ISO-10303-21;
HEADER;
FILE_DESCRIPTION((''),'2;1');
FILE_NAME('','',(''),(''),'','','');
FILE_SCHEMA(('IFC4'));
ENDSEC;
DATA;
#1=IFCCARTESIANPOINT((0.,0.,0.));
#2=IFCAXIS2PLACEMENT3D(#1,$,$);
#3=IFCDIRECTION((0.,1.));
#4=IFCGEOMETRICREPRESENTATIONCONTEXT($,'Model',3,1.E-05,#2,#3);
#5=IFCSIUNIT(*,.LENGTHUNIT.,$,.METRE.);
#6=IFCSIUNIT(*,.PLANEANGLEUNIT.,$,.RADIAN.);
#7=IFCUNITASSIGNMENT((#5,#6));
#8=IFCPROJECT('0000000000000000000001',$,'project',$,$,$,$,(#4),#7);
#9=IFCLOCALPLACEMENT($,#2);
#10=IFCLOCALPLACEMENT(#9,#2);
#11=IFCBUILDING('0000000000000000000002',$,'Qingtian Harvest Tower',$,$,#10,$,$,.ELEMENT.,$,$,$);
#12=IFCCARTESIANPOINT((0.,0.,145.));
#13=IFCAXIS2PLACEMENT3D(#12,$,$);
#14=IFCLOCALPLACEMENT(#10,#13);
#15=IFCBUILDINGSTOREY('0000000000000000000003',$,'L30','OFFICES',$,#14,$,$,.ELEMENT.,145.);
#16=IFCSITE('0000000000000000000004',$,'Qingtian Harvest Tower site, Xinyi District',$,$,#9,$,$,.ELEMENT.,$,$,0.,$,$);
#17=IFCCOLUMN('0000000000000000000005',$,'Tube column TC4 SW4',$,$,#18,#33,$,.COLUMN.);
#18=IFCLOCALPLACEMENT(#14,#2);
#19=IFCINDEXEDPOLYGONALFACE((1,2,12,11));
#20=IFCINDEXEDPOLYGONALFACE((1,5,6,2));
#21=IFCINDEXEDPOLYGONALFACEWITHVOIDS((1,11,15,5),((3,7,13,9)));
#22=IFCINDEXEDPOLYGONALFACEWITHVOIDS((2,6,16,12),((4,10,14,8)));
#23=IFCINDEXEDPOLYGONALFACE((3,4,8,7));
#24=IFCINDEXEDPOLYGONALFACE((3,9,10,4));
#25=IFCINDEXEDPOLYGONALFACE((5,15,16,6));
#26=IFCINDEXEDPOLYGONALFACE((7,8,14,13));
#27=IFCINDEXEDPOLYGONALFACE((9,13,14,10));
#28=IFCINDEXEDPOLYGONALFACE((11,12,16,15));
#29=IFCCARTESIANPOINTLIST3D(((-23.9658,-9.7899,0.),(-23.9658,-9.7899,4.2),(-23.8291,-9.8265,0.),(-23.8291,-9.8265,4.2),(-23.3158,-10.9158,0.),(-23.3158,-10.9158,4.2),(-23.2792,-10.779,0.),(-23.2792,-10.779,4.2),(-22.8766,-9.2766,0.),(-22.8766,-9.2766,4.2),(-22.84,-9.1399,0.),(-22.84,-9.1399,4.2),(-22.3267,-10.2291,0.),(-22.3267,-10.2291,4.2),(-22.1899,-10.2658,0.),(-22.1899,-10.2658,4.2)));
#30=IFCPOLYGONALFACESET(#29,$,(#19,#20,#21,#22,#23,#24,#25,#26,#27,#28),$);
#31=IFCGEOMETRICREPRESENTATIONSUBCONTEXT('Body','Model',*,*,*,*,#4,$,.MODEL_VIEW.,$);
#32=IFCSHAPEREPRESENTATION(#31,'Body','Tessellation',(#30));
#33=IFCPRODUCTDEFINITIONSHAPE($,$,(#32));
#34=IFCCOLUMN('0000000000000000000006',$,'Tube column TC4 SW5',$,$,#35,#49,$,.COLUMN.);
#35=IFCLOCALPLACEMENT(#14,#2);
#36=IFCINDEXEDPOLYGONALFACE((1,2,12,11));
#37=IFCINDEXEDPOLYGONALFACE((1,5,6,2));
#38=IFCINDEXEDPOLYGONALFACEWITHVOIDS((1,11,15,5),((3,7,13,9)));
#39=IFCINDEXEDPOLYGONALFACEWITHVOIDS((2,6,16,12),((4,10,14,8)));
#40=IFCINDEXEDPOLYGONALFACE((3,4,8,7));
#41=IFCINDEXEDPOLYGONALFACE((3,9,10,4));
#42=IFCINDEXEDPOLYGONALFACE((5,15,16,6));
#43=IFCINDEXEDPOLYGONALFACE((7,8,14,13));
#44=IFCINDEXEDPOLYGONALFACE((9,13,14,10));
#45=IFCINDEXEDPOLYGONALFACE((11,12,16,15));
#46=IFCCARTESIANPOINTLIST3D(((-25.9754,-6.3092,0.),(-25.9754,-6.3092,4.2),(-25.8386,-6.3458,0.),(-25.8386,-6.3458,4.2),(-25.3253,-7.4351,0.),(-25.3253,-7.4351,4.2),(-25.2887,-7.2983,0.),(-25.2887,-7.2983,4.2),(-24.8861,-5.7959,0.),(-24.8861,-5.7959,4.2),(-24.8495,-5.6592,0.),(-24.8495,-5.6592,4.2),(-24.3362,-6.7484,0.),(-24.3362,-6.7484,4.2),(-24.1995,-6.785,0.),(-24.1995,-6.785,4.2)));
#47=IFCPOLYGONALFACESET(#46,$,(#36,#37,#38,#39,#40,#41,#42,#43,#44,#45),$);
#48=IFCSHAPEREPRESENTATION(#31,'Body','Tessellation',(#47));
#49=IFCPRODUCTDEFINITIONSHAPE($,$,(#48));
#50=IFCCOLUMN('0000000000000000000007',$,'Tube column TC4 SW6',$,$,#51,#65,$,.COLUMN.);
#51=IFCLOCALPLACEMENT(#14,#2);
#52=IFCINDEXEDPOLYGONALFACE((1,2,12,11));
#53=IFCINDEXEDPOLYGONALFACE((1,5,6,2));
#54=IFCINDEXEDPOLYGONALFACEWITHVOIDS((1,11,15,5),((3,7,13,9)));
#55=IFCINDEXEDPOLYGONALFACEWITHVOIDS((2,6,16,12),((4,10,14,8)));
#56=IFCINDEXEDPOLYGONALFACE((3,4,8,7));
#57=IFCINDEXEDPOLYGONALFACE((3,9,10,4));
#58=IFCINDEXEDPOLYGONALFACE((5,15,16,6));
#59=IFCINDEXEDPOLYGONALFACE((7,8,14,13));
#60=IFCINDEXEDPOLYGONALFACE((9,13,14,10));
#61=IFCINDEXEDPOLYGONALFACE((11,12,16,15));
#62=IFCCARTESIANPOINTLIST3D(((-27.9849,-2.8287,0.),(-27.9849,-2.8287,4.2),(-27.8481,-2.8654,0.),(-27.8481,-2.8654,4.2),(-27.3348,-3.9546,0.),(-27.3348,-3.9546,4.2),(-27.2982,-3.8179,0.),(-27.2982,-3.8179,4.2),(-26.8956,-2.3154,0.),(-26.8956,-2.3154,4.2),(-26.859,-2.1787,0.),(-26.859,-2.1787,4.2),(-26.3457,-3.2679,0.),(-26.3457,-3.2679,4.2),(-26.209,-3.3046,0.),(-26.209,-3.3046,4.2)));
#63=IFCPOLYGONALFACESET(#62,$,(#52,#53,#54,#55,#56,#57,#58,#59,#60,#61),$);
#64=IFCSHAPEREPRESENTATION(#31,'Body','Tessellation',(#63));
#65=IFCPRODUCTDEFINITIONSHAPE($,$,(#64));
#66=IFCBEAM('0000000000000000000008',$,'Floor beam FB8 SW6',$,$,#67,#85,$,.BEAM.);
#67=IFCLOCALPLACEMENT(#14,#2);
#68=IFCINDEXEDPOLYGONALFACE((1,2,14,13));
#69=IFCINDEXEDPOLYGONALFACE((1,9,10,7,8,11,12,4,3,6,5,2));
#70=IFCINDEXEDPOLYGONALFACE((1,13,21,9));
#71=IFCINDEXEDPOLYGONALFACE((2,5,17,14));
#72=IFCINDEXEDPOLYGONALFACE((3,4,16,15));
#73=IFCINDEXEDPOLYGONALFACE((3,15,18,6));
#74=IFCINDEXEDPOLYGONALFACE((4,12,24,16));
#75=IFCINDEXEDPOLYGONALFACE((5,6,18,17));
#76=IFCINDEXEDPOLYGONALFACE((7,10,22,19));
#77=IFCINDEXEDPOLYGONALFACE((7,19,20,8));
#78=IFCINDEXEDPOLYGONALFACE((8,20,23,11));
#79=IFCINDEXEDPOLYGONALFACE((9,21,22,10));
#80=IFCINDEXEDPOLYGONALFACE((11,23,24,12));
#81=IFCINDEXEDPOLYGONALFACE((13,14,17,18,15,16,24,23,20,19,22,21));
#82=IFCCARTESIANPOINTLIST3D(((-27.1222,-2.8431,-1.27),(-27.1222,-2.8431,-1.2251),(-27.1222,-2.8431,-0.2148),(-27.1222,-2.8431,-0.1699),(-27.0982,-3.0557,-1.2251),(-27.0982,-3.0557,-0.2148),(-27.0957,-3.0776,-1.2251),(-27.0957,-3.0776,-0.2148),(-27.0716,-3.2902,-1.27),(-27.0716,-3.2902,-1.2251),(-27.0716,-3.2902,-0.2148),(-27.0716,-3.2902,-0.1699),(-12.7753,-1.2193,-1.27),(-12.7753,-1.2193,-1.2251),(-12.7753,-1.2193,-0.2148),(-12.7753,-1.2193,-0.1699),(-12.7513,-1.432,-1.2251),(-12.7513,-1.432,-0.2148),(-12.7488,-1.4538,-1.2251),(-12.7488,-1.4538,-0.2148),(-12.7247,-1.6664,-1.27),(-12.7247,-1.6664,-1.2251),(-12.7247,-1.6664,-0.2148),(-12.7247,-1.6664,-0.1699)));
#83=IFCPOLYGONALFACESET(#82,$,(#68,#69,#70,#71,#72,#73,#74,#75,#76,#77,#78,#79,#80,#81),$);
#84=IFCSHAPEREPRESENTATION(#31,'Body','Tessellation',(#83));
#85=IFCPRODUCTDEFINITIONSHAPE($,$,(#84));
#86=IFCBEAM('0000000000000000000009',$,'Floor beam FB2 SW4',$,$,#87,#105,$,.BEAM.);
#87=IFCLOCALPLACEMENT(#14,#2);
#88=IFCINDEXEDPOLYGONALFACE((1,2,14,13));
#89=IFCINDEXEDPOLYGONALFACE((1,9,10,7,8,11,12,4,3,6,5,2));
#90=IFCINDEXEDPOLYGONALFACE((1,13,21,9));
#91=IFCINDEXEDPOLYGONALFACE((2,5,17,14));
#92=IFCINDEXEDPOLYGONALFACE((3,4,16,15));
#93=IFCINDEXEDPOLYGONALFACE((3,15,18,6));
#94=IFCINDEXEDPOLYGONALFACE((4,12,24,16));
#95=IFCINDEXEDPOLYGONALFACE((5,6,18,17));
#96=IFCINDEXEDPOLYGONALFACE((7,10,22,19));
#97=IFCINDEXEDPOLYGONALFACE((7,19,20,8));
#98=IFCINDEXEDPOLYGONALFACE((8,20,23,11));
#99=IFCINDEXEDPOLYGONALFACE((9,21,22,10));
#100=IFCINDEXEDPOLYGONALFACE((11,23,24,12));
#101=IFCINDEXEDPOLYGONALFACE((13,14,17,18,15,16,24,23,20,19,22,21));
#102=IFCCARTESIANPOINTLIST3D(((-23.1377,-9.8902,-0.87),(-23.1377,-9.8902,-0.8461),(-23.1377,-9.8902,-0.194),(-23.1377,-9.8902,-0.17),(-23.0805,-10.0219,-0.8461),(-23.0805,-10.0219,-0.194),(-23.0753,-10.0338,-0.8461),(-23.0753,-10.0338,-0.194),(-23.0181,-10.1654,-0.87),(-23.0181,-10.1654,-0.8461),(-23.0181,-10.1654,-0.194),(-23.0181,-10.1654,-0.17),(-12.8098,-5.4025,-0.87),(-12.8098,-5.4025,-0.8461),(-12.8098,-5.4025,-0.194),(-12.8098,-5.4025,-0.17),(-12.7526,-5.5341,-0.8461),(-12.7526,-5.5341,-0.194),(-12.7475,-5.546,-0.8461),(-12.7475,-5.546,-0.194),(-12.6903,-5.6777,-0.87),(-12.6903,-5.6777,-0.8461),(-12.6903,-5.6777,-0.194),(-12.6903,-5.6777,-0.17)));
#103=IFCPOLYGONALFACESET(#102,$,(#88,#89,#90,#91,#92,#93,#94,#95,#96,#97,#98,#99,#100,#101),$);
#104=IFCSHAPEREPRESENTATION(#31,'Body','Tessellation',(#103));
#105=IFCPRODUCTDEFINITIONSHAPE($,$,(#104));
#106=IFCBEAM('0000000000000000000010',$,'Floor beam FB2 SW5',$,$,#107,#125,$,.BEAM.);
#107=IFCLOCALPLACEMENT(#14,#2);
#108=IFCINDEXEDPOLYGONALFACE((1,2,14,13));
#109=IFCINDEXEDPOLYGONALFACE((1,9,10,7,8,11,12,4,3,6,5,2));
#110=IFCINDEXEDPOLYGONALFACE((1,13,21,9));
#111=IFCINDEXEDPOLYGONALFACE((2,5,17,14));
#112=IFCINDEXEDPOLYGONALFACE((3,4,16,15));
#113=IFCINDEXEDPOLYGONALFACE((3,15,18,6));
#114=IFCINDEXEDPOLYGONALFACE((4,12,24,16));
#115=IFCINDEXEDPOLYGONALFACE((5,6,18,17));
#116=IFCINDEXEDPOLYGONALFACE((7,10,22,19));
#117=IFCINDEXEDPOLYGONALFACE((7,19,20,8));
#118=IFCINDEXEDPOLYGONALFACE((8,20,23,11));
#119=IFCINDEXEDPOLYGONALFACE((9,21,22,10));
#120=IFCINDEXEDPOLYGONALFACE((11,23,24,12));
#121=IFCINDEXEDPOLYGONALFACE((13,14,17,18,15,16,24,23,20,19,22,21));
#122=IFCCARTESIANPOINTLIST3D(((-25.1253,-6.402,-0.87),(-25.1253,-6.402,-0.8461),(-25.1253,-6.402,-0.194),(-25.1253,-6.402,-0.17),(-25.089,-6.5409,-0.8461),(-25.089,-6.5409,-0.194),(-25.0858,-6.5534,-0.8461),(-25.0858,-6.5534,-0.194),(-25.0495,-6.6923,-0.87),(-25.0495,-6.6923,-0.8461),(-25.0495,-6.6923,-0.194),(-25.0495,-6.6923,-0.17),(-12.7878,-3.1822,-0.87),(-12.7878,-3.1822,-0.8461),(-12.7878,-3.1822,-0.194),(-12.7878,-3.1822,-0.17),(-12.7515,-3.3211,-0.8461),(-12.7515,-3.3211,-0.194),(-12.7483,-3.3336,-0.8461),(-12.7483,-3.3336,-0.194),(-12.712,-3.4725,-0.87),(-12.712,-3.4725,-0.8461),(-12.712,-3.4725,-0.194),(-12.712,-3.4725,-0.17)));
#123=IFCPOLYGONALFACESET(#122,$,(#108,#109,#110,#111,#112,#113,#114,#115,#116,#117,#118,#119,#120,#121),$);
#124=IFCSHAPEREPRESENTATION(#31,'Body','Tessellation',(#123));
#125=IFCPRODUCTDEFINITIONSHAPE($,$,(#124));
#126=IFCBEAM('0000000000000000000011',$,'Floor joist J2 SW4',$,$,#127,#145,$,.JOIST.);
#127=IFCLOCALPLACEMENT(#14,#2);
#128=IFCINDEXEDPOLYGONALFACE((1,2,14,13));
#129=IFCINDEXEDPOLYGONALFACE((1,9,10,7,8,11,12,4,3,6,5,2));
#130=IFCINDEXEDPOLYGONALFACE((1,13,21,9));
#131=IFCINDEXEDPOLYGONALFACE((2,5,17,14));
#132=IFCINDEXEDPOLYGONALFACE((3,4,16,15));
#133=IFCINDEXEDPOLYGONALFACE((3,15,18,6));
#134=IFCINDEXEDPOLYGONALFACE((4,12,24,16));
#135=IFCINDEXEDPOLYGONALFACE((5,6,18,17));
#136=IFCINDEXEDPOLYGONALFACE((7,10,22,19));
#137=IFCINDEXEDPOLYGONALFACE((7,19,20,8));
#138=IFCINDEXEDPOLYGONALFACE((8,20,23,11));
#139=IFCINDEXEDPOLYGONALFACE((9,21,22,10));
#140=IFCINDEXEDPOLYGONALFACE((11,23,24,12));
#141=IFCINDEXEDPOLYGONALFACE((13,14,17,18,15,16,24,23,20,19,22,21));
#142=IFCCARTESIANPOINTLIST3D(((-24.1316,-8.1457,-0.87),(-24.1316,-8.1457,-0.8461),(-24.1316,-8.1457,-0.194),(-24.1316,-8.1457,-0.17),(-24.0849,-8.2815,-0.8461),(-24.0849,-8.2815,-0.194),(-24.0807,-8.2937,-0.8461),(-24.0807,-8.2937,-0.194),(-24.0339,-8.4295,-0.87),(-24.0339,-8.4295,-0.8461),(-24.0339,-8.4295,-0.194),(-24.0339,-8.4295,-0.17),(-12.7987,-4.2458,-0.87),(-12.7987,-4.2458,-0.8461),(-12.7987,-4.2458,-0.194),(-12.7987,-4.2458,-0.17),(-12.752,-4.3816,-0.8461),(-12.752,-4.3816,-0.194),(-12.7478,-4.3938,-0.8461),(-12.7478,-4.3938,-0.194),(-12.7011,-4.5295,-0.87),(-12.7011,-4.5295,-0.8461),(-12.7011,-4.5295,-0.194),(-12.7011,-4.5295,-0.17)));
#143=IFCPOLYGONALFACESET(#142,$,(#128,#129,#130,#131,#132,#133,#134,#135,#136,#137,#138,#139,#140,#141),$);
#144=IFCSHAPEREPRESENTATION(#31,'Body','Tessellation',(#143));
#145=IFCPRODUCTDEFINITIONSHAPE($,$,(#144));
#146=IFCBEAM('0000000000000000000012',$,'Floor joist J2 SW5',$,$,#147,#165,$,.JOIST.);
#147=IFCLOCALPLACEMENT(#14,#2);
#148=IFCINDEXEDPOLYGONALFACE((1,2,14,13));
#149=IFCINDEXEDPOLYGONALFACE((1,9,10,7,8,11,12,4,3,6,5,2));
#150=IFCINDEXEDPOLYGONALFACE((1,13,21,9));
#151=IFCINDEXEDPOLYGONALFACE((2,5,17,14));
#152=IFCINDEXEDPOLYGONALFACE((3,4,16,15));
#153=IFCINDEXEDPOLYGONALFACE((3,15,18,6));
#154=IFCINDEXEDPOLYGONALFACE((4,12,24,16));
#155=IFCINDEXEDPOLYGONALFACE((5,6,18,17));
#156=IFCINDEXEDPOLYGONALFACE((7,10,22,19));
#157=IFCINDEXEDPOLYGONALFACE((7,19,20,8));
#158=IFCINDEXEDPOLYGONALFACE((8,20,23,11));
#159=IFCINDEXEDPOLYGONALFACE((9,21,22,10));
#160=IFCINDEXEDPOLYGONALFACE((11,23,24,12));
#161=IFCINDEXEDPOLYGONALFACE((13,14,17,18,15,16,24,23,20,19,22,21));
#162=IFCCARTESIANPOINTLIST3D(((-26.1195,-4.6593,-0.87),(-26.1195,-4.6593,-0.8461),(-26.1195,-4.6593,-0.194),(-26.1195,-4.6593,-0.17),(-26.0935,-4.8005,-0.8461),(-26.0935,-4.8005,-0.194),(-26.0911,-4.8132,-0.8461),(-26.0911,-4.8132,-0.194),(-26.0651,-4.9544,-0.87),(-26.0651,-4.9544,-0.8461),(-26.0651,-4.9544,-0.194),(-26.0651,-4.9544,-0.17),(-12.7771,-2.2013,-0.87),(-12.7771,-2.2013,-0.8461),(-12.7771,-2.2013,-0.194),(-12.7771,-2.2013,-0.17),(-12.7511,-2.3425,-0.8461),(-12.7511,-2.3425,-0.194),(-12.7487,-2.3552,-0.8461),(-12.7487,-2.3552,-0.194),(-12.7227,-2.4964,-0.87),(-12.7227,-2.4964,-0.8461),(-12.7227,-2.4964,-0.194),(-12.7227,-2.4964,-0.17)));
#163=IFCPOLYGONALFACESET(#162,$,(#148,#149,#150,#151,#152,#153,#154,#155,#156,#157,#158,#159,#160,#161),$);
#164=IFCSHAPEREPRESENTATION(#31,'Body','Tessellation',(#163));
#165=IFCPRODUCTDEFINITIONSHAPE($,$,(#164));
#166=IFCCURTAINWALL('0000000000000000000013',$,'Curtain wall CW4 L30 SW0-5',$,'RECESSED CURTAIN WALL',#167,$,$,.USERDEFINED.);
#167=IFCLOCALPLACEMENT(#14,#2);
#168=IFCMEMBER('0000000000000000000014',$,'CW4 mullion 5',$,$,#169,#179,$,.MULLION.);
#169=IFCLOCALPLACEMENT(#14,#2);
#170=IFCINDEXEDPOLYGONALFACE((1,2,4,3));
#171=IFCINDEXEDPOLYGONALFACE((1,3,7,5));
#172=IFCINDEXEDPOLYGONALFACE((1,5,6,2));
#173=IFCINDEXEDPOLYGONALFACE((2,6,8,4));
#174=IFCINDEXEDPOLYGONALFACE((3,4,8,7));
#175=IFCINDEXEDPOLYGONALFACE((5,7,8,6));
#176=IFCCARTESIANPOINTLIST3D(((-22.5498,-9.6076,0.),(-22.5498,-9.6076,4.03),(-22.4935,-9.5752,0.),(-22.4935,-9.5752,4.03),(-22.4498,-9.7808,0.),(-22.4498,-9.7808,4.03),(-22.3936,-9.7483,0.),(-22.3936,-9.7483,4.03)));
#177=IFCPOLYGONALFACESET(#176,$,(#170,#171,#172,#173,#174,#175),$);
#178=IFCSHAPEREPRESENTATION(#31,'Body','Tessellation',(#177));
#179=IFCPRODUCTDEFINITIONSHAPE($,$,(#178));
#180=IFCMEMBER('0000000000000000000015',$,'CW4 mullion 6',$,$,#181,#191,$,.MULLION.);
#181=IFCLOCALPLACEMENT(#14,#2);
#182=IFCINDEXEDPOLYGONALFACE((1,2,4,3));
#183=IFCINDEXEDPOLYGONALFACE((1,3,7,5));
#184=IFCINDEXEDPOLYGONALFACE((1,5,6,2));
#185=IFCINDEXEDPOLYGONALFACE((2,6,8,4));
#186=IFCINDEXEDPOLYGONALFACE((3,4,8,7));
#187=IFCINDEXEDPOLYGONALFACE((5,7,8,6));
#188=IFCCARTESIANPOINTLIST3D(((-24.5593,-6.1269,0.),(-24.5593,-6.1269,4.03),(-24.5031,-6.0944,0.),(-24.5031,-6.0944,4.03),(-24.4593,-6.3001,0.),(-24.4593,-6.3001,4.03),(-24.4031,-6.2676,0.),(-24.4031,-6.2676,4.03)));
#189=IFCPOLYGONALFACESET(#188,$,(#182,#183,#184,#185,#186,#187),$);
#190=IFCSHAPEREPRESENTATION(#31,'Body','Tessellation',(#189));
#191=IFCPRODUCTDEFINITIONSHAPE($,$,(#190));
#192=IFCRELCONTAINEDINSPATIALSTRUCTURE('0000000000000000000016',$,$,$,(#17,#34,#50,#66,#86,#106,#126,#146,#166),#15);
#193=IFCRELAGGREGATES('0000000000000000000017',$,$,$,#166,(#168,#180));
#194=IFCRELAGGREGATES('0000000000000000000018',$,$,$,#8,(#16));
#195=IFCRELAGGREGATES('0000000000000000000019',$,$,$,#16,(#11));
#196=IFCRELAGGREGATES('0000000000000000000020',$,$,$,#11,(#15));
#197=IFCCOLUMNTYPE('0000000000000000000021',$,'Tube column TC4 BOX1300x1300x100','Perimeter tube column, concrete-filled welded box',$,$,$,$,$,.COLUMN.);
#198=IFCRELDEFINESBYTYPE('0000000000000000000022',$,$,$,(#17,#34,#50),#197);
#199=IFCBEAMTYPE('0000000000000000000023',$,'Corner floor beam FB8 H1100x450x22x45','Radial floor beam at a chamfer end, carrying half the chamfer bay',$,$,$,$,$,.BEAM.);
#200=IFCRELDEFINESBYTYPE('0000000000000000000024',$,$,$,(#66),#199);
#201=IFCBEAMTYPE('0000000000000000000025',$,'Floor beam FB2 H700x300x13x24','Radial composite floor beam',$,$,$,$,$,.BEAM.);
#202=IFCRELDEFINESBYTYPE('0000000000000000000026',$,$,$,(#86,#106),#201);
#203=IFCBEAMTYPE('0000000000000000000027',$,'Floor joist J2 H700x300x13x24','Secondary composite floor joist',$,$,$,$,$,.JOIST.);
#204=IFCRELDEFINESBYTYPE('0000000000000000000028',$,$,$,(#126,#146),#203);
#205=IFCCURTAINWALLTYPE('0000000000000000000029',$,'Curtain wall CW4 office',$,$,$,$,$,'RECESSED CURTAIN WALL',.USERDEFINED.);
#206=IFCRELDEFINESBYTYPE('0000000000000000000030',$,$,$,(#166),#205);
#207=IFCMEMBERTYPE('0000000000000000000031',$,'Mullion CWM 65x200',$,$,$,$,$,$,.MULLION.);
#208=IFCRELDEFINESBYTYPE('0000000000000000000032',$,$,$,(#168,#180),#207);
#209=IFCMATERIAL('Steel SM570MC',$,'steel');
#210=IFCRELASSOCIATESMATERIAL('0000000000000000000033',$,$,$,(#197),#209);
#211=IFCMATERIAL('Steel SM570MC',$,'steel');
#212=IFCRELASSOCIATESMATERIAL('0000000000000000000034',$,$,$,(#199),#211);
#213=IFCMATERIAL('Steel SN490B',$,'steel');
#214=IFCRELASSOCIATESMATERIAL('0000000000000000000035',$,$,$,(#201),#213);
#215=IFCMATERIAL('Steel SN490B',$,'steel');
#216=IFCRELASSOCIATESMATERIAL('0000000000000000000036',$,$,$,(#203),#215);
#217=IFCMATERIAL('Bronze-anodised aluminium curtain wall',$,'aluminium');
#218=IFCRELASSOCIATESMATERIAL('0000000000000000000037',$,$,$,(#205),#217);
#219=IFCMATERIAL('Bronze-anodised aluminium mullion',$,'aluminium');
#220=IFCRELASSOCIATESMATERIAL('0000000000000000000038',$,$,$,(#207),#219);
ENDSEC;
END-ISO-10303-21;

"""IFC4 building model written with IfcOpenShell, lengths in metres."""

from ifc_helpers import new_model, si_unit, direction, frame, origin, origin_2d, place, context, subcontext, project, spatial, rectangle, hollow_rectangle, i_section, extrude, material, material_profile, profile_set, type_object, element, aggregate, save


model = new_model("IFC4")

# Units and contexts
model_context = context("Model", 3, precision=1e-05, world=origin(), true_north=direction((0.0, 1.0)))
body_context = subcontext(model_context, "Body", "Model", "MODEL_VIEW")
ifc_project = project(units=[si_unit("LENGTHUNIT", "METRE"), si_unit("PLANEANGLEUNIT", "RADIAN")], contexts=[model_context])

# Site, building, storey
site_placement = place(None, origin())
site = spatial("IfcSite", under=ifc_project, at=site_placement, Name="Qingtian Harvest Tower site, Xinyi District", CompositionType="ELEMENT", RefElevation=0.0)
building_placement = place(site_placement, origin())
building = spatial("IfcBuilding", under=site, at=building_placement, Name="Qingtian Harvest Tower", CompositionType="ELEMENT")
storey_placement = place(building_placement, frame((0.0, 0.0, 145.0)))
storey = spatial("IfcBuildingStorey", under=building, at=storey_placement, Name="L30", Description="OFFICES", CompositionType="ELEMENT", Elevation=145.0)

# Columns
ifc_material_1 = material(Name="Steel SM570MC", Category="steel")
ifc_material_profile_1 = material_profile(ifc_material_1, hollow_rectangle(XDim=1.3, YDim=1.3, WallThickness=0.1001, at=origin_2d()), Name="BOX1300x1300x100")
ifc_profile_set_1 = profile_set([ifc_material_profile_1], Name="Steel SM570MC")
column_type = type_object("IfcColumnType", Name="Tube column TC4 BOX1300x1300x100", Description="Perimeter tube column, concrete-filled welded box", PredefinedType="COLUMN", material=ifc_profile_set_1)
for number, where, z_axis, x_axis, name in (
    (1, (-23.0779, -10.0278, 0.0), (0.0, 0.0, 1.0), (0.5, -0.866025, 0.0), "Tube column TC4 SW4"),
    (2, (-25.0874, -6.5471, 0.0), (0.0, 0.0, 1.0), (0.5, -0.866025, 0.0), "Tube column TC4 SW5"),
    (3, (-27.0969, -3.0667, 0.0), (0.0, 0.0, 1.0), (0.5, -0.866025, 0.0), "Tube column TC4 SW6"),
):
    element("IfcColumn", number, at=place(storey_placement, frame(where, z_axis=z_axis, x_axis=x_axis)), inside=storey, type_object=column_type, Name=name, PredefinedType="COLUMN", context=body_context, shape_type="SweptSolid", body=[
        extrude(hollow_rectangle(XDim=1.3, YDim=1.3, WallThickness=0.1001, at=origin_2d()), origin(), (0.0, 0.0, 1.0), 4.2),
    ])

# Beams
ifc_material_2 = material(Name="Steel SM570MC", Category="steel")
ifc_material_profile_2 = material_profile(ifc_material_2, i_section(OverallWidth=0.45, OverallDepth=1.1001, WebThickness=0.022, FlangeThickness=0.0449, at=origin_2d()), Name="H1100x450x22x45")
ifc_profile_set_2 = profile_set([ifc_material_profile_2], Name="Steel SM570MC")
beam_type_1 = type_object("IfcBeamType", Name="Corner floor beam FB8 H1100x450x22x45", Description="Radial floor beam at a chamfer end, carrying half the chamfer bay", PredefinedType="BEAM", material=ifc_profile_set_2)
beam_1_placement = place(storey_placement, frame((-27.0969, -3.0667, -0.72), z_axis=(0.993656, 0.112462, 0.0), x_axis=(-0.112462, 0.993656, 0.0)))
element("IfcBeam", 4, at=beam_1_placement, inside=storey, type_object=beam_type_1, Name="Floor beam FB8 SW6", PredefinedType="BEAM", context=body_context, shape_type="SweptSolid", body=[
    extrude(i_section(OverallWidth=0.45, OverallDepth=1.1001, WebThickness=0.022, FlangeThickness=0.0449, at=origin_2d()), origin(), (0.0, 0.0, 1.0), 14.4385),
])
ifc_material_3 = material(Name="Steel SN490B", Category="steel")
ifc_material_profile_3 = material_profile(ifc_material_3, i_section(OverallWidth=0.3, OverallDepth=0.7, WebThickness=0.0129, FlangeThickness=0.0239, at=origin_2d()), Name="H700x300x13x24")
ifc_profile_set_3 = profile_set([ifc_material_profile_3], Name="Steel SN490B")
beam_type_2 = type_object("IfcBeamType", Name="Floor beam FB2 H700x300x13x24", Description="Radial composite floor beam", PredefinedType="BEAM", material=ifc_profile_set_3)
beam_2_placement = place(storey_placement, frame((-23.0779, -10.0278, -0.52), z_axis=(0.917154, 0.398533, 0.0), x_axis=(-0.398533, 0.917154, 0.0)))
element("IfcBeam", 5, at=beam_2_placement, inside=storey, type_object=beam_type_2, Name="Floor beam FB2 SW4", PredefinedType="BEAM", context=body_context, shape_type="SweptSolid", body=[
    extrude(i_section(OverallWidth=0.3, OverallDepth=0.7, WebThickness=0.0129, FlangeThickness=0.0239, at=origin_2d()), origin(), (0.0, 0.0, 1.0), 11.2607),
])
beam_3_placement = place(storey_placement, frame((-25.0874, -6.5471, -0.52), z_axis=(0.967593, 0.252515, 0.0), x_axis=(-0.252515, 0.967593, 0.0)))
element("IfcBeam", 6, at=beam_3_placement, inside=storey, type_object=beam_type_2, Name="Floor beam FB2 SW5", PredefinedType="BEAM", context=body_context, shape_type="SweptSolid", body=[
    extrude(i_section(OverallWidth=0.3, OverallDepth=0.7, WebThickness=0.0129, FlangeThickness=0.0239, at=origin_2d()), origin(), (0.0, 0.0, 1.0), 12.7507),
])
ifc_material_4 = material(Name="Steel SN490B", Category="steel")
ifc_material_profile_4 = material_profile(ifc_material_4, i_section(OverallWidth=0.3, OverallDepth=0.7, WebThickness=0.0129, FlangeThickness=0.0239, at=origin_2d()), Name="H700x300x13x24")
ifc_profile_set_4 = profile_set([ifc_material_profile_4], Name="Steel SN490B")
beam_type_3 = type_object("IfcBeamType", Name="Floor joist J2 H700x300x13x24", Description="Secondary composite floor joist", PredefinedType="JOIST", material=ifc_profile_set_4)
beam_4_placement = place(storey_placement, frame((-24.0828, -8.2876, -0.52), z_axis=(0.945577, 0.325398, 0.0), x_axis=(-0.325398, 0.945577, 0.0)))
element("IfcBeam", 7, at=beam_4_placement, inside=storey, type_object=beam_type_3, Name="Floor joist J2 SW4", PredefinedType="JOIST", context=body_context, shape_type="SweptSolid", body=[
    extrude(i_section(OverallWidth=0.3, OverallDepth=0.7, WebThickness=0.0129, FlangeThickness=0.0239, at=origin_2d()), origin(), (0.0, 0.0, 1.0), 11.9851),
])
beam_5_placement = place(storey_placement, frame((-26.0923, -4.8069, -0.52), z_axis=(0.98345, 0.181178, 0.0), x_axis=(-0.181178, 0.98345, 0.0)))
element("IfcBeam", 8, at=beam_5_placement, inside=storey, type_object=beam_type_3, Name="Floor joist J2 SW5", PredefinedType="JOIST", context=body_context, shape_type="SweptSolid", body=[
    extrude(i_section(OverallWidth=0.3, OverallDepth=0.7, WebThickness=0.0129, FlangeThickness=0.0239, at=origin_2d()), origin(), (0.0, 0.0, 1.0), 13.5669),
])

# Curtain wall, members
ifc_material_5 = material(Name="Bronze-anodised aluminium curtain wall", Category="aluminium")
curtain_wall_type = type_object("IfcCurtainWallType", Name="Curtain wall CW4 office", ElementType="RECESSED CURTAIN WALL", PredefinedType="USERDEFINED", material=ifc_material_5)
curtain_wall_1_placement = place(storey_placement, origin())
curtain_wall_1 = element("IfcCurtainWall", 9, at=curtain_wall_1_placement, inside=storey, type_object=curtain_wall_type, Name="Curtain wall CW4 L30 SW0-5", ObjectType="RECESSED CURTAIN WALL", PredefinedType="USERDEFINED")
ifc_material_6 = material(Name="Bronze-anodised aluminium mullion", Category="aluminium")
ifc_material_profile_5 = material_profile(ifc_material_6, rectangle(XDim=0.0649, YDim=0.2, at=origin_2d()), Name="AL 65x200")
ifc_profile_set_5 = profile_set([ifc_material_profile_5], Name="Bronze-anodised aluminium mullion")
member_type_1 = type_object("IfcMemberType", Name="Mullion CWM 65x200", PredefinedType="MULLION", material=ifc_profile_set_5)
member_1_placement = place(storey_placement, frame((-22.4717, -9.678, 0.0), z_axis=(0.0, 0.0, 1.0), x_axis=(-0.866025, -0.5, 0.0)))
member_1 = element("IfcMember", 10, at=member_1_placement, type_object=member_type_1, Name="CW4 mullion 5", PredefinedType="MULLION", context=body_context, shape_type="SweptSolid", body=[
    extrude(rectangle(XDim=0.0649, YDim=0.2, at=origin_2d()), origin(), (0.0, 0.0, 1.0), 4.03),
])
member_2_placement = place(storey_placement, frame((-24.4812, -6.1973, 0.0), z_axis=(0.0, 0.0, 1.0), x_axis=(-0.866025, -0.5, 0.0)))
member_2 = element("IfcMember", 11, at=member_2_placement, type_object=member_type_1, Name="CW4 mullion 6", PredefinedType="MULLION", context=body_context, shape_type="SweptSolid", body=[
    extrude(rectangle(XDim=0.0649, YDim=0.2, at=origin_2d()), origin(), (0.0, 0.0, 1.0), 4.03),
])

aggregate(curtain_wall_1, [member_1, member_2])

save(model, "model.ifc")
